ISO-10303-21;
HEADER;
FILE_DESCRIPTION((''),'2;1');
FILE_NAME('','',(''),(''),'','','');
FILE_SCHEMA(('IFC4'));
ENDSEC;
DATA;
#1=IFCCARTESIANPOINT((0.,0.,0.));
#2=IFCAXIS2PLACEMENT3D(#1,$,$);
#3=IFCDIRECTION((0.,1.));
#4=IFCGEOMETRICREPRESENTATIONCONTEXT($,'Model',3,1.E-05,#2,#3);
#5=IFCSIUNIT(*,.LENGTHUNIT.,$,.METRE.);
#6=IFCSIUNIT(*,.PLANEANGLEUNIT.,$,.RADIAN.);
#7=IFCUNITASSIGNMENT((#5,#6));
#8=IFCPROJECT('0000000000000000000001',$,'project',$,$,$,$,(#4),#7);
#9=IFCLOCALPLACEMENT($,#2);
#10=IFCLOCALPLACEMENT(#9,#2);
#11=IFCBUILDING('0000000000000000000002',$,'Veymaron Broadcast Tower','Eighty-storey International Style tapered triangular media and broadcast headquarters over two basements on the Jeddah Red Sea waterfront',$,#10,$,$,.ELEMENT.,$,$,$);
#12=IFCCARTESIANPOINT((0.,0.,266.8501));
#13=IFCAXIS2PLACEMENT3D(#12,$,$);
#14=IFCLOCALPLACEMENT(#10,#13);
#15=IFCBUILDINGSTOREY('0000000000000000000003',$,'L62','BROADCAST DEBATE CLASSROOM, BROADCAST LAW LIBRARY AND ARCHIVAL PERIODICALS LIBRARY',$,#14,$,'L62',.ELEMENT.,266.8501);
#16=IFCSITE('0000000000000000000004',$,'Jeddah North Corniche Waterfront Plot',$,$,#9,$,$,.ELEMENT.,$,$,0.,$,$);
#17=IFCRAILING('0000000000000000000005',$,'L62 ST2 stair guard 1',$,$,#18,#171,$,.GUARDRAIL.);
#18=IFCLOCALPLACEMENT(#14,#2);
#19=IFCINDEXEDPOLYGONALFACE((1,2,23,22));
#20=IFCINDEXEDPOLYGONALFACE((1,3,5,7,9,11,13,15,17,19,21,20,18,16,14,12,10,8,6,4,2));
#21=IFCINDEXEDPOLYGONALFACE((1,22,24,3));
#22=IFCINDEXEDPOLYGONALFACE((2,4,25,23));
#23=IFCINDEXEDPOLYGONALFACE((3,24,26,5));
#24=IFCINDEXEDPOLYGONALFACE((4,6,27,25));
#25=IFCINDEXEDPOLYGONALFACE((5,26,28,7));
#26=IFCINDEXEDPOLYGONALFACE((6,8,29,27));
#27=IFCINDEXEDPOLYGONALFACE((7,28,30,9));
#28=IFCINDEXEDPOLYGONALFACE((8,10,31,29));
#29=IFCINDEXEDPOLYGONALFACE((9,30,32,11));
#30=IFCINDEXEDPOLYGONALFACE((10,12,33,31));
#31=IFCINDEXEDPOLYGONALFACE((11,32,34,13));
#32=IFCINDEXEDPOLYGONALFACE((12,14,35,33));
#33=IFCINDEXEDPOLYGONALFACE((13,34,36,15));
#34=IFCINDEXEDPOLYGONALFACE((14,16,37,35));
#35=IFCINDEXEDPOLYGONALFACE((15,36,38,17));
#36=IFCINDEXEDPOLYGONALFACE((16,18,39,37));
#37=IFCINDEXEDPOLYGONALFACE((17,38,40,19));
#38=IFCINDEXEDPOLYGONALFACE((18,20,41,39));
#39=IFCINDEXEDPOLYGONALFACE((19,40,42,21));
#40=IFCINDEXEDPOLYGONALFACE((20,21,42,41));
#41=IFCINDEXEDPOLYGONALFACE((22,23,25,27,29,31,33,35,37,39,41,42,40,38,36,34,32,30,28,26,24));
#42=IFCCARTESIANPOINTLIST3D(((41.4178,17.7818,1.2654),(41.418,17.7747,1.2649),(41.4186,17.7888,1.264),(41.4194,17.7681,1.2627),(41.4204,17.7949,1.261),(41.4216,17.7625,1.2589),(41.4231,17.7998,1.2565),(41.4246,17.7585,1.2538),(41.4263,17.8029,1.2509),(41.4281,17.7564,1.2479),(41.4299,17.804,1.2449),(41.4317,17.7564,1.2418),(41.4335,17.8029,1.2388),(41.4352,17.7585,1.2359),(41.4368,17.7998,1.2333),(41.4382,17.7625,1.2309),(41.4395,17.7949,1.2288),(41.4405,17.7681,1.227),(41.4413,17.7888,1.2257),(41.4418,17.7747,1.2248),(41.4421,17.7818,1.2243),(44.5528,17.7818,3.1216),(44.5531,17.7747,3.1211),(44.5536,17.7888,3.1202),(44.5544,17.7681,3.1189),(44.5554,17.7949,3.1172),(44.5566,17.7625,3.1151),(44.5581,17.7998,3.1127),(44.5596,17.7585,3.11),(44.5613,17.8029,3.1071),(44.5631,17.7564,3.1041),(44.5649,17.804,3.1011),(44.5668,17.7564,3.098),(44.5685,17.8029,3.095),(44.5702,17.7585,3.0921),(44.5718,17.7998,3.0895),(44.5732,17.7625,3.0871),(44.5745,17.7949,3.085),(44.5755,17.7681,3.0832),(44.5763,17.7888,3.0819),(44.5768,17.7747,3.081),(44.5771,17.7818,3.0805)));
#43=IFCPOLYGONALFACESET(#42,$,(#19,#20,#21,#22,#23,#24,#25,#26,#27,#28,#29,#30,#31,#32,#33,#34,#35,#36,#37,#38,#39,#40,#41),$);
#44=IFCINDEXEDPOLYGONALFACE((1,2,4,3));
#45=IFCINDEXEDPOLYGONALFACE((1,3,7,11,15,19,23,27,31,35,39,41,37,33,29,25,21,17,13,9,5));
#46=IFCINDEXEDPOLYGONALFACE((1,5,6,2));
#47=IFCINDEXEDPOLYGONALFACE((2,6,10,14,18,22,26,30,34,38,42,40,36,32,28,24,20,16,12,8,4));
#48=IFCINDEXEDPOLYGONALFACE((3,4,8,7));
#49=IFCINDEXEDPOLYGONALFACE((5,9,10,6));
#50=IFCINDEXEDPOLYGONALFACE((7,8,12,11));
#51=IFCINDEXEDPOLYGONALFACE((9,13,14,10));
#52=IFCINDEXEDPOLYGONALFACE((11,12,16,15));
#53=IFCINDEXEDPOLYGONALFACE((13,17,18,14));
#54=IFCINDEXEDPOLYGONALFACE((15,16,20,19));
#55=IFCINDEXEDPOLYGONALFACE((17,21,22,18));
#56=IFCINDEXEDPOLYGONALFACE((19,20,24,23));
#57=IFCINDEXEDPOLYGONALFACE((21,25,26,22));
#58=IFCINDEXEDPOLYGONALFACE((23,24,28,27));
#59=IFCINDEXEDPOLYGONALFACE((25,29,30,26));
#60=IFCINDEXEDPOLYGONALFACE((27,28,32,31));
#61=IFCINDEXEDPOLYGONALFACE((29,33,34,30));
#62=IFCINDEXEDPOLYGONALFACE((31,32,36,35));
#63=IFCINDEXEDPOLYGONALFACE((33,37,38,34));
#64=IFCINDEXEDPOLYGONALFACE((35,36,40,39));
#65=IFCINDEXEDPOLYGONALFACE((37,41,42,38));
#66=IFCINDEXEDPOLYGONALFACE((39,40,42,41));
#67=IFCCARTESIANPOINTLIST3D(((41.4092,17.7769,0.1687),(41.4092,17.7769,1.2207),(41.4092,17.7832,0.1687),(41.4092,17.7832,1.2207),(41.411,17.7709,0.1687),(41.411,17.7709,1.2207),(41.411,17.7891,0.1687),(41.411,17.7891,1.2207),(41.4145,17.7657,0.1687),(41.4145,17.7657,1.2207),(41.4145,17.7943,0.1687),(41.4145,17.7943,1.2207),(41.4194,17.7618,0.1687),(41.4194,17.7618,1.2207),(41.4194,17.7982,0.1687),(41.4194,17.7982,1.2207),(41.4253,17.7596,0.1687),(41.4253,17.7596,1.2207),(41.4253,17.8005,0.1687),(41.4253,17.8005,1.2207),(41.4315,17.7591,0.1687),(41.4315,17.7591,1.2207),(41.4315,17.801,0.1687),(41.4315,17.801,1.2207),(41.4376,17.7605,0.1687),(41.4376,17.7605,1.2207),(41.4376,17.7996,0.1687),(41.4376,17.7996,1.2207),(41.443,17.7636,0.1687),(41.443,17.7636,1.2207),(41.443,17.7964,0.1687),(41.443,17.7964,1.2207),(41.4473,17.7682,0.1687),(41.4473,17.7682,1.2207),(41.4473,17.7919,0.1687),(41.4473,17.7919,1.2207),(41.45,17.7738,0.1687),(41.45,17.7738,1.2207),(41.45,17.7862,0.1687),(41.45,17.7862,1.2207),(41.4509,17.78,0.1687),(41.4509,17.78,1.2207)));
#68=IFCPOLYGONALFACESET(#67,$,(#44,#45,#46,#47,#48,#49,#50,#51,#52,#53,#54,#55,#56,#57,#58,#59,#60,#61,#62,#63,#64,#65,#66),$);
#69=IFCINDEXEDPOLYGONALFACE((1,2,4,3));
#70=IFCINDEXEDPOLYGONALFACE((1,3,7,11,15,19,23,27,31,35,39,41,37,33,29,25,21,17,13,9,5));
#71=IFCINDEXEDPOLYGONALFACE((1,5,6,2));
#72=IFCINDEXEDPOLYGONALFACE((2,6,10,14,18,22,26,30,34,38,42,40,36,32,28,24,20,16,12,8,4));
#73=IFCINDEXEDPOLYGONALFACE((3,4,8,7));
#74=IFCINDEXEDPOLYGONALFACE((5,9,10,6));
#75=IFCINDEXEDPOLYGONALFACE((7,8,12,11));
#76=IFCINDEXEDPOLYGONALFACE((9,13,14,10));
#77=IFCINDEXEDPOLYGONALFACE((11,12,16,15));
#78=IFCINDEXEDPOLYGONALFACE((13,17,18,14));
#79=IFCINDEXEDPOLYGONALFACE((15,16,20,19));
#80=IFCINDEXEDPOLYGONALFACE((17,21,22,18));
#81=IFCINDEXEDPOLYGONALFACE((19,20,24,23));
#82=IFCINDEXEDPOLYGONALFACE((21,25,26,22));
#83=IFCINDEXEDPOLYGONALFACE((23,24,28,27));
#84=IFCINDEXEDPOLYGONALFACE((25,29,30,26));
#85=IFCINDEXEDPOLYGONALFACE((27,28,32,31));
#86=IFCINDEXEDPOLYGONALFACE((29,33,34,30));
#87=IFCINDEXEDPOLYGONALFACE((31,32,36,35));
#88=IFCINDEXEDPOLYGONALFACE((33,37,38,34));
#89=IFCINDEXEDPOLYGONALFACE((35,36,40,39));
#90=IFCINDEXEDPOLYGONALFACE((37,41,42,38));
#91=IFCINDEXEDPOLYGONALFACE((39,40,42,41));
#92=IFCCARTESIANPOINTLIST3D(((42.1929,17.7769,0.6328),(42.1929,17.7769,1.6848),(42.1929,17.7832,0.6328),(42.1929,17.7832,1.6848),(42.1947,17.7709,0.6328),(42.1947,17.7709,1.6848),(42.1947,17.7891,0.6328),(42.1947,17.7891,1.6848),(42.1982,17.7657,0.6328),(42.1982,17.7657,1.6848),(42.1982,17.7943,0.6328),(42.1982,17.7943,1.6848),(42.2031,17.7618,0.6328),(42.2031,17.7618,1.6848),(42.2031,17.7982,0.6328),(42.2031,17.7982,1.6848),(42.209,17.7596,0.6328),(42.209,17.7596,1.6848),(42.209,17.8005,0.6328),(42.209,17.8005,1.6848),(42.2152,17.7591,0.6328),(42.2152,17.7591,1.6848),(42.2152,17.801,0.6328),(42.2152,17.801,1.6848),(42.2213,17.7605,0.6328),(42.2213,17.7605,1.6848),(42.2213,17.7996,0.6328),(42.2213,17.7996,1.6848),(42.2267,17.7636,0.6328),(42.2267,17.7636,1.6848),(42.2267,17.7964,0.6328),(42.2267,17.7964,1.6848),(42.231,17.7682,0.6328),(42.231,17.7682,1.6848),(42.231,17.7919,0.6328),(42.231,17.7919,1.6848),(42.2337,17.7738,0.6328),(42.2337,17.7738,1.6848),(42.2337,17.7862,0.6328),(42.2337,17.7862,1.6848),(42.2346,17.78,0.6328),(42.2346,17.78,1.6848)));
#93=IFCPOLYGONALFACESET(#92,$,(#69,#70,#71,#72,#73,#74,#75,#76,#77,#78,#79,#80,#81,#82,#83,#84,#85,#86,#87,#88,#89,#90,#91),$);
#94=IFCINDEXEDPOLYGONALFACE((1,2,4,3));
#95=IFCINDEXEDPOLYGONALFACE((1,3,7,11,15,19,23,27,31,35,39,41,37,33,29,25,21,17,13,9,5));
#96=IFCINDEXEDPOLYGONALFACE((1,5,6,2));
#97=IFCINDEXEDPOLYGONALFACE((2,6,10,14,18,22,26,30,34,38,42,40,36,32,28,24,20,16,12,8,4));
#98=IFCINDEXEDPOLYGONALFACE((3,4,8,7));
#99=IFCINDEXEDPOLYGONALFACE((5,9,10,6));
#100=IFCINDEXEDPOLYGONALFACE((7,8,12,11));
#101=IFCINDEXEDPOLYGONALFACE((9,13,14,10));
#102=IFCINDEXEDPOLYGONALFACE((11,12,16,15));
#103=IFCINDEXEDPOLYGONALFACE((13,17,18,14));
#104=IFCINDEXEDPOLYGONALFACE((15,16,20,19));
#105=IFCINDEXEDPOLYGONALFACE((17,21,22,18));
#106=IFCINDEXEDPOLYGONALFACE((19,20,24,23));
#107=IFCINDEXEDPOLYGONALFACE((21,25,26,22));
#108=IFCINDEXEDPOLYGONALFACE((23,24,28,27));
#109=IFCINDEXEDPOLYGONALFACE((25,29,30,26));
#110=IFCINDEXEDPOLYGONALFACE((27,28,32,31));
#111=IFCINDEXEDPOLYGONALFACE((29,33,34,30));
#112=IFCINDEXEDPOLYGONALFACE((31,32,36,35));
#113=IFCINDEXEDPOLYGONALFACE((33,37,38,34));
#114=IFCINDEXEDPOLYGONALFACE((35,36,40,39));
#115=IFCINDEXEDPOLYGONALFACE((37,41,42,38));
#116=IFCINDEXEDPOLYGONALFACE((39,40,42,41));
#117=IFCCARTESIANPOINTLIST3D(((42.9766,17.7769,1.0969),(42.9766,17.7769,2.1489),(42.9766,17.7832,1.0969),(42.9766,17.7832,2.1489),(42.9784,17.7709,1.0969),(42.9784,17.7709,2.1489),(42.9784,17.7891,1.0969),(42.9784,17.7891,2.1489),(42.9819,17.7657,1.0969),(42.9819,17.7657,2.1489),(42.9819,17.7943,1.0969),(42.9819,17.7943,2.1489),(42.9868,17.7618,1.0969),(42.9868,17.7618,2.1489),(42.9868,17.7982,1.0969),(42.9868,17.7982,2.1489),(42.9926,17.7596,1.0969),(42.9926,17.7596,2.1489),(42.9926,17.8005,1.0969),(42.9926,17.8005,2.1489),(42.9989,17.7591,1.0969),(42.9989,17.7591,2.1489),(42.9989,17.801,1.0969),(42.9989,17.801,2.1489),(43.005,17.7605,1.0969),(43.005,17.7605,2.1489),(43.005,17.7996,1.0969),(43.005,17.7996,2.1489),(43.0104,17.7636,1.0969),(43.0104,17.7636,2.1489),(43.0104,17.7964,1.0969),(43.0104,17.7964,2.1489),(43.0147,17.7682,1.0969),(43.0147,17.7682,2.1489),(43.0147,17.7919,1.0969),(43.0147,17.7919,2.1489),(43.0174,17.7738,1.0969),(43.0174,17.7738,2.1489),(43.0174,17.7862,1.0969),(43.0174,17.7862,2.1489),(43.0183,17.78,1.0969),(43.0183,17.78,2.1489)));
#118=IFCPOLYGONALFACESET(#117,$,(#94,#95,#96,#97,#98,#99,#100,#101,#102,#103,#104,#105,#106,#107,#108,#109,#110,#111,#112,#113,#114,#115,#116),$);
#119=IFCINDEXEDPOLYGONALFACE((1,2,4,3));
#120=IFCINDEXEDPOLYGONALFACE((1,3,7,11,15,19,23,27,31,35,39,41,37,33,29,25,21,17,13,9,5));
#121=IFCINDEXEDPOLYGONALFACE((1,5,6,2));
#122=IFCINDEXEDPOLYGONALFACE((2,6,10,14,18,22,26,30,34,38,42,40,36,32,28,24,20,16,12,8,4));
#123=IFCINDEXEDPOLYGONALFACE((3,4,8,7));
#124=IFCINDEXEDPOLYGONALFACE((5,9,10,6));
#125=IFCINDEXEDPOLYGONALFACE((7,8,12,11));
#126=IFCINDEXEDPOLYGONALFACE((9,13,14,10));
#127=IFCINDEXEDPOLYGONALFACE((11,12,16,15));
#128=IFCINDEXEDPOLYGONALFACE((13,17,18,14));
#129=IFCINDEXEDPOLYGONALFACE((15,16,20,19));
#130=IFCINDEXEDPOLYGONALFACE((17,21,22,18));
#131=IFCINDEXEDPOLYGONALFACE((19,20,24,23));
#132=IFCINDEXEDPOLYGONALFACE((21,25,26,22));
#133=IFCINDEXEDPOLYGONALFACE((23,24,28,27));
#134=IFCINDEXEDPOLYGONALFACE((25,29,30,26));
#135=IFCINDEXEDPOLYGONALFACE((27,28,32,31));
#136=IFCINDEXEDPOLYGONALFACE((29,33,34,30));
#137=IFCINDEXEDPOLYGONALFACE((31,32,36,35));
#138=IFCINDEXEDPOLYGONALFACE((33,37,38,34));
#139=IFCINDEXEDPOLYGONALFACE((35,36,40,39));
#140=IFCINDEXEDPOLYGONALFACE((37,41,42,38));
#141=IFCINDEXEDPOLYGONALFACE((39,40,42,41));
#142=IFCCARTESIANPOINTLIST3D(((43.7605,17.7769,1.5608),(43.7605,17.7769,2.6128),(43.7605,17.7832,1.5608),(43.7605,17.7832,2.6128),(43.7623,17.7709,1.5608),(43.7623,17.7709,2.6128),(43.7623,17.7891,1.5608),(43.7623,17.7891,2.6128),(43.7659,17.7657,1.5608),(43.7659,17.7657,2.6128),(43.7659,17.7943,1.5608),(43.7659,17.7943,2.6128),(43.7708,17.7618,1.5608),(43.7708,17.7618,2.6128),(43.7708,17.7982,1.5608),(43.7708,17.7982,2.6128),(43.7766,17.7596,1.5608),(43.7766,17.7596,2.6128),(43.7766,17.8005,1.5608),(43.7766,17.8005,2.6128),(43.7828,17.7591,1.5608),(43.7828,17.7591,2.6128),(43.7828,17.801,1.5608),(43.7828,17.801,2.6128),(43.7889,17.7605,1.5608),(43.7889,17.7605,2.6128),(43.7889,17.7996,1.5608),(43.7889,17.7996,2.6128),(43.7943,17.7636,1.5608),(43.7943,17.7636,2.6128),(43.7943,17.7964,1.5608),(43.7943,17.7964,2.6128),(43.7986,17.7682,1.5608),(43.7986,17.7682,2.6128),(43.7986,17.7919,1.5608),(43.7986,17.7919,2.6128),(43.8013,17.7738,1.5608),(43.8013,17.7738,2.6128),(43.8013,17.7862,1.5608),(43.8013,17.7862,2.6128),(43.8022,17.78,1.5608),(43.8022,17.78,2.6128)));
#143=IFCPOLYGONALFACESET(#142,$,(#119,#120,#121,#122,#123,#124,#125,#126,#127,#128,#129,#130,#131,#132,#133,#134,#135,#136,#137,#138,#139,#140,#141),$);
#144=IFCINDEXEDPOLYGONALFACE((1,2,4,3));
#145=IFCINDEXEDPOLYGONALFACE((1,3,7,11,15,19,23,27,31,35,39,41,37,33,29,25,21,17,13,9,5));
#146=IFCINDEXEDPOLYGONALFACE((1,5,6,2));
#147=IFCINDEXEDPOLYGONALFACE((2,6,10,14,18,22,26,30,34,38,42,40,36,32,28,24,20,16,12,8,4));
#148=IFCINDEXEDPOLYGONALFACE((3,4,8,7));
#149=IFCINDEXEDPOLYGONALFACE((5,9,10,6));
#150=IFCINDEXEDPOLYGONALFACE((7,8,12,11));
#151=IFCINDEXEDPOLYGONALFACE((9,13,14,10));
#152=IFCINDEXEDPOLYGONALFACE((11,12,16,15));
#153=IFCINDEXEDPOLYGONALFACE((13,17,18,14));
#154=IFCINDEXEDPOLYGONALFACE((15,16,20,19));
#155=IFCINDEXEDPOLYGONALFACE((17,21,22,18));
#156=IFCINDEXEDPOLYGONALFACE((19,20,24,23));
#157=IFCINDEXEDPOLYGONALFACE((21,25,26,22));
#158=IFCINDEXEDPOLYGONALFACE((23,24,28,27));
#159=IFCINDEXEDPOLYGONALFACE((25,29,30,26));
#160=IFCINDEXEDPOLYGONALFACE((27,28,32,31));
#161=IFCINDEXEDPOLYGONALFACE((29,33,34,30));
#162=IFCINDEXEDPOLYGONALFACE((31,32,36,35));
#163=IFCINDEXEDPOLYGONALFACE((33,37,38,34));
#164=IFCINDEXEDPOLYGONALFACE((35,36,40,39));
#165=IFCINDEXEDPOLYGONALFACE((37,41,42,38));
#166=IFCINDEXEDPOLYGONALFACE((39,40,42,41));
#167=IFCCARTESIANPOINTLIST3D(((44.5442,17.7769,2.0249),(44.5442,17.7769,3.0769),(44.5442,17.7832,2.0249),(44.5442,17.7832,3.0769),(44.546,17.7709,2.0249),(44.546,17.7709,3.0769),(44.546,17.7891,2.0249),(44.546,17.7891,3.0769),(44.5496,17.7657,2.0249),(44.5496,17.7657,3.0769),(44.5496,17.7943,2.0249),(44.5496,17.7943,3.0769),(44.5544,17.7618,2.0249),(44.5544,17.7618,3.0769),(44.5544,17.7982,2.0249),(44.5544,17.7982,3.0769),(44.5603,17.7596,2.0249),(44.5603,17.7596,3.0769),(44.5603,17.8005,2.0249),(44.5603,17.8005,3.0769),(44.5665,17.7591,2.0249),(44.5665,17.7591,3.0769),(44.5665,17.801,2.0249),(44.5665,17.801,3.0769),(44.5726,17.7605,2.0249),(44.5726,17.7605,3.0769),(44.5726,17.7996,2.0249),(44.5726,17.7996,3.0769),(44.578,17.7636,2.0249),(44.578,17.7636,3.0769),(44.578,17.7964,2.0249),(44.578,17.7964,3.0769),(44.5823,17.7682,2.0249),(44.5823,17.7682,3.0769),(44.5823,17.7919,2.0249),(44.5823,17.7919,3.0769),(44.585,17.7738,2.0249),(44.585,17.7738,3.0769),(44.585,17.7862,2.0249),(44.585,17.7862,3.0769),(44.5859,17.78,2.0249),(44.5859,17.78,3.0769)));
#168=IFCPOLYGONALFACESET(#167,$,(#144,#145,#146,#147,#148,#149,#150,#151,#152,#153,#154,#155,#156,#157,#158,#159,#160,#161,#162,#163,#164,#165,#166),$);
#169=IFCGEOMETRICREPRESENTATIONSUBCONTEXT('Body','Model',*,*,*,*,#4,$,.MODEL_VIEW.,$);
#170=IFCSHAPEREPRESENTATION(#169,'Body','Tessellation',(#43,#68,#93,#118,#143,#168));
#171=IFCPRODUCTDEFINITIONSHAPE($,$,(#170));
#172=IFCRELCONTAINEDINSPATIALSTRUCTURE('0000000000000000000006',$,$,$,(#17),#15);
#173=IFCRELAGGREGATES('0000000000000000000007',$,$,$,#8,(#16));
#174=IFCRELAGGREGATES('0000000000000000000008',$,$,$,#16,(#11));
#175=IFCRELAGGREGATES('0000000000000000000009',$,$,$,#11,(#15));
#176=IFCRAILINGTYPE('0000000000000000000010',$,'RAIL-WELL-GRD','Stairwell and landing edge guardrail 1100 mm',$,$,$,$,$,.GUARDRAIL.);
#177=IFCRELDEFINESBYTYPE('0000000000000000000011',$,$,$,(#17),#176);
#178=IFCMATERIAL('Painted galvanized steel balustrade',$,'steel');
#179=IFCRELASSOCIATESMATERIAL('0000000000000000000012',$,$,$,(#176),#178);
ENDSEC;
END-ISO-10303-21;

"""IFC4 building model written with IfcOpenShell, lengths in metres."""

from ifc_helpers import new_model, si_unit, direction, frame, origin, origin_2d, place, context, subcontext, project, spatial, circle, extrude, material, type_object, element, save


model = new_model("IFC4")

# Units and contexts
model_context = context("Model", 3, precision=1e-05, world=origin(), true_north=direction((0.0, 1.0)))
body_context = subcontext(model_context, "Body", "Model", "MODEL_VIEW")
ifc_project = project(units=[si_unit("LENGTHUNIT", "METRE"), si_unit("PLANEANGLEUNIT", "RADIAN")], contexts=[model_context])

# Site, building, storey
site_placement = place(None, origin())
site = spatial("IfcSite", under=ifc_project, at=site_placement, Name="Jeddah North Corniche Waterfront Plot", CompositionType="ELEMENT", RefElevation=0.0)
building_placement = place(site_placement, origin())
building = spatial("IfcBuilding", under=site, at=building_placement, Name="Veymaron Broadcast Tower", Description="Eighty-storey International Style tapered triangular media and broadcast headquarters over two basements on the Jeddah Red Sea waterfront", CompositionType="ELEMENT")
storey_placement = place(building_placement, frame((0.0, 0.0, 266.8501)))
storey = spatial("IfcBuildingStorey", under=building, at=storey_placement, Name="L62", Description="BROADCAST DEBATE CLASSROOM, BROADCAST LAW LIBRARY AND ARCHIVAL PERIODICALS LIBRARY", LongName="L62", CompositionType="ELEMENT", Elevation=266.8501)

# Railing
ifc_material_1 = material(Name="Painted galvanized steel balustrade", Category="steel")
railing_type_1 = type_object("IfcRailingType", Name="RAIL-WELL-GRD", Description="Stairwell and landing edge guardrail 1100 mm", PredefinedType="GUARDRAIL", material=ifc_material_1)
railing_1_placement = place(storey_placement, frame((41.4299, 17.78, 0.1687)))
element("IfcRailing", 1, at=railing_1_placement, inside=storey, type_object=railing_type_1, Name="L62 ST2 stair guard 1", PredefinedType="GUARDRAIL", context=body_context, shape_type="SweptSolid", body=[
    extrude(circle(Radius=0.0239, at=origin_2d()), frame((0.0, 0.0, 1.0762), z_axis=(0.860482, 0.0, 0.509481), x_axis=(0.0, 1.0, 0.0)), (0.0, 0.0, 1.0), 3.6433),
    extrude(circle(Radius=0.021, at=origin_2d()), origin(), (0.0, 0.0, 1.0), 1.052),
    extrude(circle(Radius=0.021, at=origin_2d()), frame((0.7837, 0.0, 0.4641)), (0.0, 0.0, 1.0), 1.052),
    extrude(circle(Radius=0.021, at=origin_2d()), frame((1.5674, 0.0, 0.9282)), (0.0, 0.0, 1.0), 1.052),
    extrude(circle(Radius=0.021, at=origin_2d()), frame((2.3513, 0.0, 1.3921)), (0.0, 0.0, 1.0), 1.052),
    extrude(circle(Radius=0.021, at=origin_2d()), frame((3.135, 0.0, 1.8562)), (0.0, 0.0, 1.0), 1.052),
])

save(model, "model.ifc")
